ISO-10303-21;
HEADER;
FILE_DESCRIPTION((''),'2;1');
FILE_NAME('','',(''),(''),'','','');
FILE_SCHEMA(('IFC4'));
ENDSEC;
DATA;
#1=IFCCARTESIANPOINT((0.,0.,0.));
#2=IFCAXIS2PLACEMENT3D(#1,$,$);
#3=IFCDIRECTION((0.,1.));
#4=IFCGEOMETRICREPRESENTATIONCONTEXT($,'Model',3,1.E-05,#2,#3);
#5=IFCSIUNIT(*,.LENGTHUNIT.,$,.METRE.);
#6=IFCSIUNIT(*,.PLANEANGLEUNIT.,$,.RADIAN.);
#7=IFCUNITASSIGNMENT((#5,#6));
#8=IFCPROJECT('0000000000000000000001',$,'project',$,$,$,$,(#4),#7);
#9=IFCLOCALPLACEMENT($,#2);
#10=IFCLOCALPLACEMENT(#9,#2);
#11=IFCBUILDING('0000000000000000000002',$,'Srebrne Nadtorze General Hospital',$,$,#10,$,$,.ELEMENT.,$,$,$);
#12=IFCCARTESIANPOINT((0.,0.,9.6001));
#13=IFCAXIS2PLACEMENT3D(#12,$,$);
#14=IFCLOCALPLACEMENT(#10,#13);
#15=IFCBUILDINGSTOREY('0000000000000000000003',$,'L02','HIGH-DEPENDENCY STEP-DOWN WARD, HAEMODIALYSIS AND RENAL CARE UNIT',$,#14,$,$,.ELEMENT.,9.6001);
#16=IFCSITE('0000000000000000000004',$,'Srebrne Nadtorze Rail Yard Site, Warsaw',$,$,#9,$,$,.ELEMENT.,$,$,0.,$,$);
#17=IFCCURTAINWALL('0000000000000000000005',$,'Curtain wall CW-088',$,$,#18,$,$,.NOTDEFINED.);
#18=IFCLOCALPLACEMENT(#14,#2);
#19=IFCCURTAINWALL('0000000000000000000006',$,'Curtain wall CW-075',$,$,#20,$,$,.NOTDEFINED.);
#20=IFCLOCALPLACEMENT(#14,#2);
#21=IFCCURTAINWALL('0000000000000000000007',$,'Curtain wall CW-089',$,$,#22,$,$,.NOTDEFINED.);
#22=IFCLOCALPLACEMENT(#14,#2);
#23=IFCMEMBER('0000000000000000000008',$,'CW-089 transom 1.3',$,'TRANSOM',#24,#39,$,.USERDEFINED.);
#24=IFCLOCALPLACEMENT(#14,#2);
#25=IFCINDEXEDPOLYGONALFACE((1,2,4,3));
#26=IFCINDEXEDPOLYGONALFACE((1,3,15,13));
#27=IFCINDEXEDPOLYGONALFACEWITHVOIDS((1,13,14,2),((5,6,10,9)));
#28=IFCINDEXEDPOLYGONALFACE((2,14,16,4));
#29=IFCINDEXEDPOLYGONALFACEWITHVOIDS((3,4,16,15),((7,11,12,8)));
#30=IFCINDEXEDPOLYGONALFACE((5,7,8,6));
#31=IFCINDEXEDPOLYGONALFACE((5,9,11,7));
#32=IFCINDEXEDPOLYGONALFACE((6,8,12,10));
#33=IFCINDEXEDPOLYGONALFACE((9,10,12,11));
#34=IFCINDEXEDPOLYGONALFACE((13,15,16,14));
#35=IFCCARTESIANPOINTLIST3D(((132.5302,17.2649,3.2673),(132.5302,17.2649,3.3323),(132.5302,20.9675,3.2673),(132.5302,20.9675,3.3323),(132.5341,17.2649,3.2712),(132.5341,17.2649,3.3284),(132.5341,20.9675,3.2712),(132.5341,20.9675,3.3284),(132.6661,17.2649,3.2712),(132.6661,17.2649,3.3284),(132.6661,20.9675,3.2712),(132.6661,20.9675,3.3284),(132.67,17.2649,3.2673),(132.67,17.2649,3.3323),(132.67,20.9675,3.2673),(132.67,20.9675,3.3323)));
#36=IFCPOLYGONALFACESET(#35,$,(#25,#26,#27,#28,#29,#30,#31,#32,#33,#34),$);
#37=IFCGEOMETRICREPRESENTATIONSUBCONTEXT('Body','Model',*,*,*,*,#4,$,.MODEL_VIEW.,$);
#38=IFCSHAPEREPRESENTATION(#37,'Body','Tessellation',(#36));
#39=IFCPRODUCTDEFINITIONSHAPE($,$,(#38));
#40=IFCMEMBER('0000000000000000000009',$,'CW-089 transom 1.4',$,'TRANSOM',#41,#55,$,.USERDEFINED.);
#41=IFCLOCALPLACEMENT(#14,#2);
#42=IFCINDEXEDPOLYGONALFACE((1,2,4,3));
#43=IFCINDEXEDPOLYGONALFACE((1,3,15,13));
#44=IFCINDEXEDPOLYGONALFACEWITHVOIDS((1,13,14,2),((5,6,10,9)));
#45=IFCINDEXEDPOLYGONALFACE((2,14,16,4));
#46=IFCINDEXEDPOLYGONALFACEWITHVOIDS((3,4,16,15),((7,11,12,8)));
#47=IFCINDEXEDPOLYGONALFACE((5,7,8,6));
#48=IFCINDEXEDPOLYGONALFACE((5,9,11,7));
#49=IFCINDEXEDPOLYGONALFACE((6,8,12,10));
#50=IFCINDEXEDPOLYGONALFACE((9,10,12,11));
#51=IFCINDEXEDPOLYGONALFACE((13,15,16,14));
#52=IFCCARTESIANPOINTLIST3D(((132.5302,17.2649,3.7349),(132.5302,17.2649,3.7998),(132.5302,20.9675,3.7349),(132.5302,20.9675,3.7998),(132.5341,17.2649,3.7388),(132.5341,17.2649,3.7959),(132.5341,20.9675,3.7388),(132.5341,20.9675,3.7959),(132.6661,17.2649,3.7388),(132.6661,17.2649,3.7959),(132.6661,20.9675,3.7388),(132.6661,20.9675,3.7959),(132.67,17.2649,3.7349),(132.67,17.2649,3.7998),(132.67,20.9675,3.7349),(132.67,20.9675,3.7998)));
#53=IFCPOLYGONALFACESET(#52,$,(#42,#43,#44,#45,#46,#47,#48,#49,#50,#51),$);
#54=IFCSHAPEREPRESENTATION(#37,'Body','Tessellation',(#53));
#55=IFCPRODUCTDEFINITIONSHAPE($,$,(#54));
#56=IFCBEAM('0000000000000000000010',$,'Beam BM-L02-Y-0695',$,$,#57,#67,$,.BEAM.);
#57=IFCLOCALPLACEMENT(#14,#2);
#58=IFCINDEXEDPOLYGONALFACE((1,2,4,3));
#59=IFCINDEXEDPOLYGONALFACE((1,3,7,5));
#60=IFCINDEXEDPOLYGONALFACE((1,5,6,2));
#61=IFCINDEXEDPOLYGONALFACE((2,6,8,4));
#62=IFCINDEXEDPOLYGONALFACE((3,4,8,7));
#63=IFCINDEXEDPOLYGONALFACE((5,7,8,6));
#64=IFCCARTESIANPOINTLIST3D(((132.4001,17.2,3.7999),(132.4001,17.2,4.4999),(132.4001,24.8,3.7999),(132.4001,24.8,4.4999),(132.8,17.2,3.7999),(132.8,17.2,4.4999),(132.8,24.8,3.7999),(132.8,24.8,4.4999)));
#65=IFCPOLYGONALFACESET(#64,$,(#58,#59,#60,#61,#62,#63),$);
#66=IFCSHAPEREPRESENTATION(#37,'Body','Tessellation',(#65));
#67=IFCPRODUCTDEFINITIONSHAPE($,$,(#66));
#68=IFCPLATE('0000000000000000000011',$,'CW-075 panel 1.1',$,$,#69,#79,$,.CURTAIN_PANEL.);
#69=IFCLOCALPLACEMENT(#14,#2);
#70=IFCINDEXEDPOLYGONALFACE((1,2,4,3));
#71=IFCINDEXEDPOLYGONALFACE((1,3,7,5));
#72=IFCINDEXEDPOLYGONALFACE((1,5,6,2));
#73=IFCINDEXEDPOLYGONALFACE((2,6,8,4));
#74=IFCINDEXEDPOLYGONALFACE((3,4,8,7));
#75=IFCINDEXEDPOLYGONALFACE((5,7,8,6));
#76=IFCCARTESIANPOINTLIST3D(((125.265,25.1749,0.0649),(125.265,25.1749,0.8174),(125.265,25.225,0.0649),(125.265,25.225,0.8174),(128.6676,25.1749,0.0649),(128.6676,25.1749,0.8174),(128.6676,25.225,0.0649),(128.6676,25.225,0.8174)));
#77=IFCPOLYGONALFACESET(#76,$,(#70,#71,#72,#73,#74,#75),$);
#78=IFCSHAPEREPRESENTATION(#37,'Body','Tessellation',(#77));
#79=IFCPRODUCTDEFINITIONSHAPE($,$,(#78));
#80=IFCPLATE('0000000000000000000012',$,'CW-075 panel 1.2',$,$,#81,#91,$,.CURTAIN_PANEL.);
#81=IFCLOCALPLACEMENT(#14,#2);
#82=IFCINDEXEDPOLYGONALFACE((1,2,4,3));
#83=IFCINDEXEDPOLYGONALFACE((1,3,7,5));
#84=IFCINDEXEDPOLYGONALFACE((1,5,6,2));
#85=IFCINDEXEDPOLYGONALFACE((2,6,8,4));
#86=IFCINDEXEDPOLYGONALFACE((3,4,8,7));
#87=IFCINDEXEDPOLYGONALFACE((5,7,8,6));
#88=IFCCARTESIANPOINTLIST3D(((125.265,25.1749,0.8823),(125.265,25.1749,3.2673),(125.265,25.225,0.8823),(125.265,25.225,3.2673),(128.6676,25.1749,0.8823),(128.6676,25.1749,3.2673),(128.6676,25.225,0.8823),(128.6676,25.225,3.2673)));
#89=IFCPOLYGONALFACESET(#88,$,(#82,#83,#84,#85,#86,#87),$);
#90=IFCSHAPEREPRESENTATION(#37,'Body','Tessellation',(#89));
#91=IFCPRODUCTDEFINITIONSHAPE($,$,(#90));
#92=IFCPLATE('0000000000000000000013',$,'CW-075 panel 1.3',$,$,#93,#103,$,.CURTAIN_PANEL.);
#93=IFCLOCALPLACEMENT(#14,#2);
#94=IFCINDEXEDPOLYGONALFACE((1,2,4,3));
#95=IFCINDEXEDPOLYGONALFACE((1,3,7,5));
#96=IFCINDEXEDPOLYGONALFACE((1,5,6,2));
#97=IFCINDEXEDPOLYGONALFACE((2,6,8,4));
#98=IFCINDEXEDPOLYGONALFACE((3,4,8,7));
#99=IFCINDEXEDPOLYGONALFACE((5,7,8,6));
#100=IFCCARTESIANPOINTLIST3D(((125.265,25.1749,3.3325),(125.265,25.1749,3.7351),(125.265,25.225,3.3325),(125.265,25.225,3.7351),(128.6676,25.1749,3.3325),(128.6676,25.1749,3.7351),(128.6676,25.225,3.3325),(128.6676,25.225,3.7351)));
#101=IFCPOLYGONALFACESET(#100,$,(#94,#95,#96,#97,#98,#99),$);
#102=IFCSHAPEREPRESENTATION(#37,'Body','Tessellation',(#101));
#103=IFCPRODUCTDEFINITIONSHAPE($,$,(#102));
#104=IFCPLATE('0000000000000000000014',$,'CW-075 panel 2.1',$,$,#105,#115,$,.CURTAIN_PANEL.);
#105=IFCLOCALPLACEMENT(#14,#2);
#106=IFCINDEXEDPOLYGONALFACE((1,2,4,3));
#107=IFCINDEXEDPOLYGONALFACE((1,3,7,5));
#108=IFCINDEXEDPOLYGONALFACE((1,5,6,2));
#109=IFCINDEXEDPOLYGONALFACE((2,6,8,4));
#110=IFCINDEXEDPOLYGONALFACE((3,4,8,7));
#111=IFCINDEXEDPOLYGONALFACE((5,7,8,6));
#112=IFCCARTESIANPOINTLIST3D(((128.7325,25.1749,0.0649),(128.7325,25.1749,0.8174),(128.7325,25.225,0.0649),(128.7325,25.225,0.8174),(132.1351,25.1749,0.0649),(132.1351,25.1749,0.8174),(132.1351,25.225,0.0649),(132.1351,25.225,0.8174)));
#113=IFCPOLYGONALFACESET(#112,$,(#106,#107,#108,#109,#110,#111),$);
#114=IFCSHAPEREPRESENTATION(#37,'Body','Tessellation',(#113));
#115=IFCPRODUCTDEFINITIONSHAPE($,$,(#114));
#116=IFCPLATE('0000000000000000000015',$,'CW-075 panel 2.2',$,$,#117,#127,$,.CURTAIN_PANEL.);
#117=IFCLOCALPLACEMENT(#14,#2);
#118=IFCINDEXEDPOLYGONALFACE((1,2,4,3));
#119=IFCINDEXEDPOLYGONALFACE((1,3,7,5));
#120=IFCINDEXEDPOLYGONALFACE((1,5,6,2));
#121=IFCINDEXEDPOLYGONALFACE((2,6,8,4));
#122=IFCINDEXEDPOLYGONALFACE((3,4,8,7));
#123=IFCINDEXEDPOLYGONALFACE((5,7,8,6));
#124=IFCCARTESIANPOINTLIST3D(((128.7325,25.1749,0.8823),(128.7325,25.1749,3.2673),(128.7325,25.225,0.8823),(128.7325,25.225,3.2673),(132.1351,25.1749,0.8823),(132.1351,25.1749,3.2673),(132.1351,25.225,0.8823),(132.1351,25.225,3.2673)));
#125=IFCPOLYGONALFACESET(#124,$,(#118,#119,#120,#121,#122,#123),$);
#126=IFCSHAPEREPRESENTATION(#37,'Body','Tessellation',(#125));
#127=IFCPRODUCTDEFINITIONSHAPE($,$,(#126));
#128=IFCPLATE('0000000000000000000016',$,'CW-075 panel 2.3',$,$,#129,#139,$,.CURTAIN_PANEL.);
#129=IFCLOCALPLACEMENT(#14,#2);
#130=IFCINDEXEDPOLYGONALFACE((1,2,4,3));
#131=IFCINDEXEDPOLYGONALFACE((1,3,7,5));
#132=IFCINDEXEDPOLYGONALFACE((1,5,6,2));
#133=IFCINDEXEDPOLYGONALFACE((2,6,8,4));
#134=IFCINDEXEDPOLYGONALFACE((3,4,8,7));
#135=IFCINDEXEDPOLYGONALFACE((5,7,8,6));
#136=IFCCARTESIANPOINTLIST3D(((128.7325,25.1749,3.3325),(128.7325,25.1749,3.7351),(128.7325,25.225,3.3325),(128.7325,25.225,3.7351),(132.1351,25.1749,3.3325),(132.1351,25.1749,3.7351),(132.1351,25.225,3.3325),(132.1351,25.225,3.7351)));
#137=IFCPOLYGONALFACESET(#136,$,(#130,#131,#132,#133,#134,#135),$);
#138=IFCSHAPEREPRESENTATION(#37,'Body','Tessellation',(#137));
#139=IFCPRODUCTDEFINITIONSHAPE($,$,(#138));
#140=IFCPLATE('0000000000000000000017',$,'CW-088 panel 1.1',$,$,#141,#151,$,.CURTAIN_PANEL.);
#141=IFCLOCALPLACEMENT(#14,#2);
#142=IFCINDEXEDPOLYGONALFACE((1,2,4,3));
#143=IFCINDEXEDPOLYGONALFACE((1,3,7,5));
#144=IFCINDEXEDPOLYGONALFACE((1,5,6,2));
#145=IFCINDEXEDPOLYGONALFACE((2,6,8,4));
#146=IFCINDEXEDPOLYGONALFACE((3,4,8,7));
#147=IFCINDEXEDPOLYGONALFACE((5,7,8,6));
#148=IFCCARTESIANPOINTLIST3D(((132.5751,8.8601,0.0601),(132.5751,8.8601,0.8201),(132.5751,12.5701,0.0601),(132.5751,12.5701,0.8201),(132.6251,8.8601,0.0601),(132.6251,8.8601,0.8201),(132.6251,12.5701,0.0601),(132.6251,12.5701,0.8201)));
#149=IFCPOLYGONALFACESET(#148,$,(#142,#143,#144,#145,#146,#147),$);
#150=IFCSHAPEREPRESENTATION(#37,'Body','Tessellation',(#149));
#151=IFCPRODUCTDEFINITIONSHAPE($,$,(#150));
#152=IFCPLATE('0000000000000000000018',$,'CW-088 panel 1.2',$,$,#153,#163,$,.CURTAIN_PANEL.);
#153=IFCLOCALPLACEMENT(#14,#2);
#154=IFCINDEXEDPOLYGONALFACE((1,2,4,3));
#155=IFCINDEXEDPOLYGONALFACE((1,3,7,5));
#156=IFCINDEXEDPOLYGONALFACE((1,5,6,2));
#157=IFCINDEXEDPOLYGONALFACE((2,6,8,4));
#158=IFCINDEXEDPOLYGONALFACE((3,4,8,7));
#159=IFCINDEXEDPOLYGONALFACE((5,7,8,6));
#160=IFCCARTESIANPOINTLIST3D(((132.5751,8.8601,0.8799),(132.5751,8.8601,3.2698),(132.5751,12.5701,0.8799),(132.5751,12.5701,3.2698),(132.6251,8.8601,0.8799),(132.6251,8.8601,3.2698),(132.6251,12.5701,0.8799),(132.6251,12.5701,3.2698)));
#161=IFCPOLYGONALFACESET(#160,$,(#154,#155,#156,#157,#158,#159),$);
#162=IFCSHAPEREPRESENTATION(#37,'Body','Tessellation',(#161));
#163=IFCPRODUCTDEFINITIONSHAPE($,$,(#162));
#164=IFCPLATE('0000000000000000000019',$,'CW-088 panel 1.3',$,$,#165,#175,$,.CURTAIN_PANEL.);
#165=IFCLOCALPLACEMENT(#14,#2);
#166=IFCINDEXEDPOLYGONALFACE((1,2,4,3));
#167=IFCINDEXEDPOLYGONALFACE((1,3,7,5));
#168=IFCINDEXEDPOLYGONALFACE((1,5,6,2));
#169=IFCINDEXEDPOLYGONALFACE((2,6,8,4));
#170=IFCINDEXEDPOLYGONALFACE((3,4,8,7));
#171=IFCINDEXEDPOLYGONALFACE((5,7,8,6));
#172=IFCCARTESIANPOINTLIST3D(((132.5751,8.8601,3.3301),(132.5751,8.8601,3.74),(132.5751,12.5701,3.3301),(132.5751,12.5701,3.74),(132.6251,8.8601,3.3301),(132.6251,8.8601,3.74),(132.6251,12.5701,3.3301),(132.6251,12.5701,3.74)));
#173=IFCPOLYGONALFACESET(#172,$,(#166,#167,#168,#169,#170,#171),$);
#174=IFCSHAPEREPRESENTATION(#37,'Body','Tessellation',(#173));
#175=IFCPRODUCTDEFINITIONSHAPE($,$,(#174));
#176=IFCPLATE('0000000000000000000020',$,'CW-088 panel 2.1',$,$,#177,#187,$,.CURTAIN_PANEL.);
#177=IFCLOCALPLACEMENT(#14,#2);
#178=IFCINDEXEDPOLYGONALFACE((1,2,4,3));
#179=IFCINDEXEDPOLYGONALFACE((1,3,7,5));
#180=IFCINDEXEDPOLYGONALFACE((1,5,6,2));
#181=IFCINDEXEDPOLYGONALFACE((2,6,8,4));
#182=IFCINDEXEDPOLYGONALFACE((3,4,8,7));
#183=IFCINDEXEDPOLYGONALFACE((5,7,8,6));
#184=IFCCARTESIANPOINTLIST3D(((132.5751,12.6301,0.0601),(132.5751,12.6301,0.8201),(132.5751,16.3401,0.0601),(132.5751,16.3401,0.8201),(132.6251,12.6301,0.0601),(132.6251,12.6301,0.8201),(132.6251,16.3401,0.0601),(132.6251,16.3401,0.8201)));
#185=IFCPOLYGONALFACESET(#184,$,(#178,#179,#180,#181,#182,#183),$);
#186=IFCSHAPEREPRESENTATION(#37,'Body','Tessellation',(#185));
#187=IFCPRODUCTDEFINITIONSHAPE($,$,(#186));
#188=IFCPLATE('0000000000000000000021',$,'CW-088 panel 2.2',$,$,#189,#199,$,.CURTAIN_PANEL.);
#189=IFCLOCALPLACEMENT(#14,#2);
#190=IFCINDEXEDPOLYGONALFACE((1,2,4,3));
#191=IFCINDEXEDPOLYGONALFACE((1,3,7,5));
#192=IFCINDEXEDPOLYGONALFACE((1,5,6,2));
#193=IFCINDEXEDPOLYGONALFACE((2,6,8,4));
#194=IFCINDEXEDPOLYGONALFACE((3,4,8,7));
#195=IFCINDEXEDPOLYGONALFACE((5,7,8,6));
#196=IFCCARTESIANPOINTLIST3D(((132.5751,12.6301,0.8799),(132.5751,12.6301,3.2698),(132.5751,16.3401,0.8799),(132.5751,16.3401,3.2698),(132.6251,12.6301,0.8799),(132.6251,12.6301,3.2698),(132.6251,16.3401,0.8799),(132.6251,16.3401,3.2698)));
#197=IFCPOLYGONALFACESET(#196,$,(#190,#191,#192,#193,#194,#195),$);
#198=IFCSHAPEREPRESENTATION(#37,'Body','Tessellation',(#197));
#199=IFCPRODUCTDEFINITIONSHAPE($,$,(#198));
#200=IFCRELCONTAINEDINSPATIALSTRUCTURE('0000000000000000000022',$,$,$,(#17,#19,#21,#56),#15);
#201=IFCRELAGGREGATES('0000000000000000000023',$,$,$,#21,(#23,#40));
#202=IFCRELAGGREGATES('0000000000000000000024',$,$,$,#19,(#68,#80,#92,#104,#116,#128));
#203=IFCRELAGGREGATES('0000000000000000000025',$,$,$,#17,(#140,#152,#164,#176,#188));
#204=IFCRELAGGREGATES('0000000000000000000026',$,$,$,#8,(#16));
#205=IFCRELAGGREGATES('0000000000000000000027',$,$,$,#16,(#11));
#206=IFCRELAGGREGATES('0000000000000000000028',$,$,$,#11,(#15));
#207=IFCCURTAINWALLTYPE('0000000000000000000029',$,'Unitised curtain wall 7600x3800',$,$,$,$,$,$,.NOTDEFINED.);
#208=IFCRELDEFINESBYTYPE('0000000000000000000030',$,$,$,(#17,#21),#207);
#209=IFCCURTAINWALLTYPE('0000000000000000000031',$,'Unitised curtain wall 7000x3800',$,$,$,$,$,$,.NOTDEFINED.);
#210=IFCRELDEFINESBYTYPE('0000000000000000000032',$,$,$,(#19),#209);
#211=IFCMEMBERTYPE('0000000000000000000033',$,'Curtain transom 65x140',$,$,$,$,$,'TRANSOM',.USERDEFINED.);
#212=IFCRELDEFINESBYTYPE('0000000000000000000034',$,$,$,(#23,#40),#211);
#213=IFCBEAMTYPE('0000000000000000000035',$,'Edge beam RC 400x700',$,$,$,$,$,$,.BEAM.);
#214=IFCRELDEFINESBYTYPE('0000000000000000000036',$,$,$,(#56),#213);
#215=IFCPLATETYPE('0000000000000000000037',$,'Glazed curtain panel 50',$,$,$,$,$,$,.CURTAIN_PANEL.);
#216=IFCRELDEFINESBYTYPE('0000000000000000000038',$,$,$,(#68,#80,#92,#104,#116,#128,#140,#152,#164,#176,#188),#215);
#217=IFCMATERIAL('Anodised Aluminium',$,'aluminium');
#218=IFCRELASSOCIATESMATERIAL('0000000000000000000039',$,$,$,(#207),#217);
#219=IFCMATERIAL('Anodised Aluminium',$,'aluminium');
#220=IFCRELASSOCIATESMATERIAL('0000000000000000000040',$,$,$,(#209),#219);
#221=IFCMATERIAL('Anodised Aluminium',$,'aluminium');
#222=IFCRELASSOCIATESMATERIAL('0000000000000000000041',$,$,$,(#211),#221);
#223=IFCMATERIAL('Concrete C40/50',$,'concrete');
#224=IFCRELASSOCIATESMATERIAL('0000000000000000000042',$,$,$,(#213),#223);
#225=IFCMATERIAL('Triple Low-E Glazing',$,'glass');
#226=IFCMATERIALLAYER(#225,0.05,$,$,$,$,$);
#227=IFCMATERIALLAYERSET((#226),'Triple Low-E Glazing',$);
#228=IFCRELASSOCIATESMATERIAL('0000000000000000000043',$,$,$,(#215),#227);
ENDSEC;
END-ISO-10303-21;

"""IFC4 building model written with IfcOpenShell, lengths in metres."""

from ifc_helpers import new_model, si_unit, direction, frame, origin, origin_2d, place, context, subcontext, project, spatial, rectangle, hollow_rectangle, extrude, material, layer, layer_set, material_profile, profile_set, type_object, element, aggregate, save


model = new_model("IFC4")

# Units and contexts
model_context = context("Model", 3, precision=1e-05, world=origin(), true_north=direction((0.0, 1.0)))
body_context = subcontext(model_context, "Body", "Model", "MODEL_VIEW")
ifc_project = project(units=[si_unit("LENGTHUNIT", "METRE"), si_unit("PLANEANGLEUNIT", "RADIAN")], contexts=[model_context])

# Site, building, storey
site_placement = place(None, origin())
site = spatial("IfcSite", under=ifc_project, at=site_placement, Name="Srebrne Nadtorze Rail Yard Site, Warsaw", CompositionType="ELEMENT", RefElevation=0.0)
building_placement = place(site_placement, origin())
building = spatial("IfcBuilding", under=site, at=building_placement, Name="Srebrne Nadtorze General Hospital", CompositionType="ELEMENT")
storey_placement = place(building_placement, frame((0.0, 0.0, 9.6001)))
storey = spatial("IfcBuildingStorey", under=building, at=storey_placement, Name="L02", Description="HIGH-DEPENDENCY STEP-DOWN WARD, HAEMODIALYSIS AND RENAL CARE UNIT", CompositionType="ELEMENT", Elevation=9.6001)

# Curtain walls
ifc_material_1 = material(Name="Anodised Aluminium", Category="aluminium")
curtain_wall_type_1 = type_object("IfcCurtainWallType", Name="Unitised curtain wall 7600x3800", PredefinedType="NOTDEFINED", material=ifc_material_1)
curtain_wall_1_placement = place(storey_placement, origin())
curtain_wall_1 = element("IfcCurtainWall", 1, at=curtain_wall_1_placement, inside=storey, type_object=curtain_wall_type_1, Name="Curtain wall CW-088", PredefinedType="NOTDEFINED")
ifc_material_2 = material(Name="Anodised Aluminium", Category="aluminium")
curtain_wall_type_2 = type_object("IfcCurtainWallType", Name="Unitised curtain wall 7000x3800", PredefinedType="NOTDEFINED", material=ifc_material_2)
curtain_wall_2_placement = place(storey_placement, origin())
curtain_wall_2 = element("IfcCurtainWall", 2, at=curtain_wall_2_placement, inside=storey, type_object=curtain_wall_type_2, Name="Curtain wall CW-075", PredefinedType="NOTDEFINED")

# Curtain wall
curtain_wall_3_placement = place(storey_placement, origin())
curtain_wall_3 = element("IfcCurtainWall", 3, at=curtain_wall_3_placement, inside=storey, type_object=curtain_wall_type_1, Name="Curtain wall CW-089", PredefinedType="NOTDEFINED")

# Members
ifc_material_3 = material(Name="Anodised Aluminium", Category="aluminium")
ifc_material_profile_1 = material_profile(ifc_material_3, hollow_rectangle(XDim=0.0649, YDim=0.1399, WallThickness=0.0039, at=origin_2d()), Name="AL-TRN-65x140")
ifc_profile_set_1 = profile_set([ifc_material_profile_1], Name="Anodised Aluminium")
member_type_1 = type_object("IfcMemberType", Name="Curtain transom 65x140", ElementType="TRANSOM", PredefinedType="USERDEFINED", material=ifc_profile_set_1)
member_1_placement = place(storey_placement, frame((132.6001, 17.2649, 3.2998), z_axis=(0.0, 1.0, 0.0), x_axis=(0.0, 0.0, 1.0)))
member_1 = element("IfcMember", 4, at=member_1_placement, type_object=member_type_1, Name="CW-089 transom 1.3", ObjectType="TRANSOM", PredefinedType="USERDEFINED", context=body_context, shape_type="SweptSolid", body=[
    extrude(hollow_rectangle(XDim=0.0649, YDim=0.1399, WallThickness=0.0039, at=origin_2d()), origin(), (0.0, 0.0, 1.0), 3.7026),
])
member_2_placement = place(storey_placement, frame((132.6001, 17.2649, 3.7673), z_axis=(0.0, 1.0, 0.0), x_axis=(0.0, 0.0, 1.0)))
member_2 = element("IfcMember", 5, at=member_2_placement, type_object=member_type_1, Name="CW-089 transom 1.4", ObjectType="TRANSOM", PredefinedType="USERDEFINED", context=body_context, shape_type="SweptSolid", body=[
    extrude(hollow_rectangle(XDim=0.0649, YDim=0.1399, WallThickness=0.0039, at=origin_2d()), origin(), (0.0, 0.0, 1.0), 3.7026),
])
aggregate(curtain_wall_3, [member_1, member_2])

# Beam
ifc_material_4 = material(Name="Concrete C40/50", Category="concrete")
ifc_material_profile_2 = material_profile(ifc_material_4, rectangle(XDim=0.3999, YDim=0.7, at=origin_2d()), Name="RC-BM-400x700")
ifc_profile_set_2 = profile_set([ifc_material_profile_2], Name="Concrete C40/50")
beam_type = type_object("IfcBeamType", Name="Edge beam RC 400x700", PredefinedType="BEAM", material=ifc_profile_set_2)
beam_placement = place(storey_placement, frame((132.6001, 17.2, 4.1499), z_axis=(0.0, 1.0, 0.0), x_axis=(-1.0, 0.0, 0.0)))
element("IfcBeam", 6, at=beam_placement, inside=storey, type_object=beam_type, Name="Beam BM-L02-Y-0695", PredefinedType="BEAM", context=body_context, shape_type="SweptSolid", body=[
    extrude(rectangle(XDim=0.3999, YDim=0.7, at=origin_2d()), origin(), (0.0, 0.0, 1.0), 7.6001),
])

# Plates
ifc_material_5 = material(Name="Triple Low-E Glazing", Category="glass")
ifc_layer_1 = layer(ifc_material_5, 0.05)
ifc_layer_set_1 = layer_set([ifc_layer_1], Name="Triple Low-E Glazing")
plate_type = type_object("IfcPlateType", Name="Glazed curtain panel 50", PredefinedType="CURTAIN_PANEL", material=ifc_layer_set_1)
plate_1_placement = place(storey_placement, frame((126.9663, 25.2, 0.0649), z_axis=(0.0, 0.0, 1.0), x_axis=(1.0, 0.0, 0.0)))
plate_1 = element("IfcPlate", 7, at=plate_1_placement, type_object=plate_type, Name="CW-075 panel 1.1", PredefinedType="CURTAIN_PANEL", context=body_context, shape_type="SweptSolid", body=[
    extrude(rectangle(XDim=3.4026, YDim=0.05, at=origin_2d()), origin(), (0.0, 0.0, 1.0), 0.7524),
])
plate_2_placement = place(storey_placement, frame((126.9663, 25.2, 0.8823), z_axis=(0.0, 0.0, 1.0), x_axis=(1.0, 0.0, 0.0)))
plate_2 = element("IfcPlate", 8, at=plate_2_placement, type_object=plate_type, Name="CW-075 panel 1.2", PredefinedType="CURTAIN_PANEL", context=body_context, shape_type="SweptSolid", body=[
    extrude(rectangle(XDim=3.4026, YDim=0.05, at=origin_2d()), origin(), (0.0, 0.0, 1.0), 2.385),
])
plate_3_placement = place(storey_placement, frame((126.9663, 25.2, 3.3325), z_axis=(0.0, 0.0, 1.0), x_axis=(1.0, 0.0, 0.0)))
plate_3 = element("IfcPlate", 9, at=plate_3_placement, type_object=plate_type, Name="CW-075 panel 1.3", PredefinedType="CURTAIN_PANEL", context=body_context, shape_type="SweptSolid", body=[
    extrude(rectangle(XDim=3.4026, YDim=0.05, at=origin_2d()), origin(), (0.0, 0.0, 1.0), 0.4026),
])
plate_4_placement = place(storey_placement, frame((130.4338, 25.2, 0.0649), z_axis=(0.0, 0.0, 1.0), x_axis=(1.0, 0.0, 0.0)))
plate_4 = element("IfcPlate", 10, at=plate_4_placement, type_object=plate_type, Name="CW-075 panel 2.1", PredefinedType="CURTAIN_PANEL", context=body_context, shape_type="SweptSolid", body=[
    extrude(rectangle(XDim=3.4026, YDim=0.05, at=origin_2d()), origin(), (0.0, 0.0, 1.0), 0.7524),
])
plate_5_placement = place(storey_placement, frame((130.4338, 25.2, 0.8823), z_axis=(0.0, 0.0, 1.0), x_axis=(1.0, 0.0, 0.0)))
plate_5 = element("IfcPlate", 11, at=plate_5_placement, type_object=plate_type, Name="CW-075 panel 2.2", PredefinedType="CURTAIN_PANEL", context=body_context, shape_type="SweptSolid", body=[
    extrude(rectangle(XDim=3.4026, YDim=0.05, at=origin_2d()), origin(), (0.0, 0.0, 1.0), 2.385),
])
plate_6_placement = place(storey_placement, frame((130.4338, 25.2, 3.3325), z_axis=(0.0, 0.0, 1.0), x_axis=(1.0, 0.0, 0.0)))
plate_6 = element("IfcPlate", 12, at=plate_6_placement, type_object=plate_type, Name="CW-075 panel 2.3", PredefinedType="CURTAIN_PANEL", context=body_context, shape_type="SweptSolid", body=[
    extrude(rectangle(XDim=3.4026, YDim=0.05, at=origin_2d()), origin(), (0.0, 0.0, 1.0), 0.4026),
])
aggregate(curtain_wall_2, [plate_1, plate_2, plate_3, plate_4, plate_5, plate_6])
plate_7_placement = place(storey_placement, frame((132.6001, 10.7151, 0.0601), z_axis=(0.0, 0.0, 1.0), x_axis=(0.0, 1.0, 0.0)))
plate_7 = element("IfcPlate", 13, at=plate_7_placement, type_object=plate_type, Name="CW-088 panel 1.1", PredefinedType="CURTAIN_PANEL", context=body_context, shape_type="SweptSolid", body=[
    extrude(rectangle(XDim=3.71, YDim=0.05, at=origin_2d()), origin(), (0.0, 0.0, 1.0), 0.76),
])
plate_8_placement = place(storey_placement, frame((132.6001, 10.7151, 0.8799), z_axis=(0.0, 0.0, 1.0), x_axis=(0.0, 1.0, 0.0)))
plate_8 = element("IfcPlate", 14, at=plate_8_placement, type_object=plate_type, Name="CW-088 panel 1.2", PredefinedType="CURTAIN_PANEL", context=body_context, shape_type="SweptSolid", body=[
    extrude(rectangle(XDim=3.71, YDim=0.05, at=origin_2d()), origin(), (0.0, 0.0, 1.0), 2.3899),
])
plate_9_placement = place(storey_placement, frame((132.6001, 10.7151, 3.3301), z_axis=(0.0, 0.0, 1.0), x_axis=(0.0, 1.0, 0.0)))
plate_9 = element("IfcPlate", 15, at=plate_9_placement, type_object=plate_type, Name="CW-088 panel 1.3", PredefinedType="CURTAIN_PANEL", context=body_context, shape_type="SweptSolid", body=[
    extrude(rectangle(XDim=3.71, YDim=0.05, at=origin_2d()), origin(), (0.0, 0.0, 1.0), 0.4099),
])
plate_10_placement = place(storey_placement, frame((132.6001, 14.4851, 0.0601), z_axis=(0.0, 0.0, 1.0), x_axis=(0.0, 1.0, 0.0)))
plate_10 = element("IfcPlate", 16, at=plate_10_placement, type_object=plate_type, Name="CW-088 panel 2.1", PredefinedType="CURTAIN_PANEL", context=body_context, shape_type="SweptSolid", body=[
    extrude(rectangle(XDim=3.71, YDim=0.05, at=origin_2d()), origin(), (0.0, 0.0, 1.0), 0.76),
])
plate_11_placement = place(storey_placement, frame((132.6001, 14.4851, 0.8799), z_axis=(0.0, 0.0, 1.0), x_axis=(0.0, 1.0, 0.0)))
plate_11 = element("IfcPlate", 17, at=plate_11_placement, type_object=plate_type, Name="CW-088 panel 2.2", PredefinedType="CURTAIN_PANEL", context=body_context, shape_type="SweptSolid", body=[
    extrude(rectangle(XDim=3.71, YDim=0.05, at=origin_2d()), origin(), (0.0, 0.0, 1.0), 2.3899),
])
aggregate(curtain_wall_1, [plate_7, plate_8, plate_9, plate_10, plate_11])

save(model, "model.ifc")
